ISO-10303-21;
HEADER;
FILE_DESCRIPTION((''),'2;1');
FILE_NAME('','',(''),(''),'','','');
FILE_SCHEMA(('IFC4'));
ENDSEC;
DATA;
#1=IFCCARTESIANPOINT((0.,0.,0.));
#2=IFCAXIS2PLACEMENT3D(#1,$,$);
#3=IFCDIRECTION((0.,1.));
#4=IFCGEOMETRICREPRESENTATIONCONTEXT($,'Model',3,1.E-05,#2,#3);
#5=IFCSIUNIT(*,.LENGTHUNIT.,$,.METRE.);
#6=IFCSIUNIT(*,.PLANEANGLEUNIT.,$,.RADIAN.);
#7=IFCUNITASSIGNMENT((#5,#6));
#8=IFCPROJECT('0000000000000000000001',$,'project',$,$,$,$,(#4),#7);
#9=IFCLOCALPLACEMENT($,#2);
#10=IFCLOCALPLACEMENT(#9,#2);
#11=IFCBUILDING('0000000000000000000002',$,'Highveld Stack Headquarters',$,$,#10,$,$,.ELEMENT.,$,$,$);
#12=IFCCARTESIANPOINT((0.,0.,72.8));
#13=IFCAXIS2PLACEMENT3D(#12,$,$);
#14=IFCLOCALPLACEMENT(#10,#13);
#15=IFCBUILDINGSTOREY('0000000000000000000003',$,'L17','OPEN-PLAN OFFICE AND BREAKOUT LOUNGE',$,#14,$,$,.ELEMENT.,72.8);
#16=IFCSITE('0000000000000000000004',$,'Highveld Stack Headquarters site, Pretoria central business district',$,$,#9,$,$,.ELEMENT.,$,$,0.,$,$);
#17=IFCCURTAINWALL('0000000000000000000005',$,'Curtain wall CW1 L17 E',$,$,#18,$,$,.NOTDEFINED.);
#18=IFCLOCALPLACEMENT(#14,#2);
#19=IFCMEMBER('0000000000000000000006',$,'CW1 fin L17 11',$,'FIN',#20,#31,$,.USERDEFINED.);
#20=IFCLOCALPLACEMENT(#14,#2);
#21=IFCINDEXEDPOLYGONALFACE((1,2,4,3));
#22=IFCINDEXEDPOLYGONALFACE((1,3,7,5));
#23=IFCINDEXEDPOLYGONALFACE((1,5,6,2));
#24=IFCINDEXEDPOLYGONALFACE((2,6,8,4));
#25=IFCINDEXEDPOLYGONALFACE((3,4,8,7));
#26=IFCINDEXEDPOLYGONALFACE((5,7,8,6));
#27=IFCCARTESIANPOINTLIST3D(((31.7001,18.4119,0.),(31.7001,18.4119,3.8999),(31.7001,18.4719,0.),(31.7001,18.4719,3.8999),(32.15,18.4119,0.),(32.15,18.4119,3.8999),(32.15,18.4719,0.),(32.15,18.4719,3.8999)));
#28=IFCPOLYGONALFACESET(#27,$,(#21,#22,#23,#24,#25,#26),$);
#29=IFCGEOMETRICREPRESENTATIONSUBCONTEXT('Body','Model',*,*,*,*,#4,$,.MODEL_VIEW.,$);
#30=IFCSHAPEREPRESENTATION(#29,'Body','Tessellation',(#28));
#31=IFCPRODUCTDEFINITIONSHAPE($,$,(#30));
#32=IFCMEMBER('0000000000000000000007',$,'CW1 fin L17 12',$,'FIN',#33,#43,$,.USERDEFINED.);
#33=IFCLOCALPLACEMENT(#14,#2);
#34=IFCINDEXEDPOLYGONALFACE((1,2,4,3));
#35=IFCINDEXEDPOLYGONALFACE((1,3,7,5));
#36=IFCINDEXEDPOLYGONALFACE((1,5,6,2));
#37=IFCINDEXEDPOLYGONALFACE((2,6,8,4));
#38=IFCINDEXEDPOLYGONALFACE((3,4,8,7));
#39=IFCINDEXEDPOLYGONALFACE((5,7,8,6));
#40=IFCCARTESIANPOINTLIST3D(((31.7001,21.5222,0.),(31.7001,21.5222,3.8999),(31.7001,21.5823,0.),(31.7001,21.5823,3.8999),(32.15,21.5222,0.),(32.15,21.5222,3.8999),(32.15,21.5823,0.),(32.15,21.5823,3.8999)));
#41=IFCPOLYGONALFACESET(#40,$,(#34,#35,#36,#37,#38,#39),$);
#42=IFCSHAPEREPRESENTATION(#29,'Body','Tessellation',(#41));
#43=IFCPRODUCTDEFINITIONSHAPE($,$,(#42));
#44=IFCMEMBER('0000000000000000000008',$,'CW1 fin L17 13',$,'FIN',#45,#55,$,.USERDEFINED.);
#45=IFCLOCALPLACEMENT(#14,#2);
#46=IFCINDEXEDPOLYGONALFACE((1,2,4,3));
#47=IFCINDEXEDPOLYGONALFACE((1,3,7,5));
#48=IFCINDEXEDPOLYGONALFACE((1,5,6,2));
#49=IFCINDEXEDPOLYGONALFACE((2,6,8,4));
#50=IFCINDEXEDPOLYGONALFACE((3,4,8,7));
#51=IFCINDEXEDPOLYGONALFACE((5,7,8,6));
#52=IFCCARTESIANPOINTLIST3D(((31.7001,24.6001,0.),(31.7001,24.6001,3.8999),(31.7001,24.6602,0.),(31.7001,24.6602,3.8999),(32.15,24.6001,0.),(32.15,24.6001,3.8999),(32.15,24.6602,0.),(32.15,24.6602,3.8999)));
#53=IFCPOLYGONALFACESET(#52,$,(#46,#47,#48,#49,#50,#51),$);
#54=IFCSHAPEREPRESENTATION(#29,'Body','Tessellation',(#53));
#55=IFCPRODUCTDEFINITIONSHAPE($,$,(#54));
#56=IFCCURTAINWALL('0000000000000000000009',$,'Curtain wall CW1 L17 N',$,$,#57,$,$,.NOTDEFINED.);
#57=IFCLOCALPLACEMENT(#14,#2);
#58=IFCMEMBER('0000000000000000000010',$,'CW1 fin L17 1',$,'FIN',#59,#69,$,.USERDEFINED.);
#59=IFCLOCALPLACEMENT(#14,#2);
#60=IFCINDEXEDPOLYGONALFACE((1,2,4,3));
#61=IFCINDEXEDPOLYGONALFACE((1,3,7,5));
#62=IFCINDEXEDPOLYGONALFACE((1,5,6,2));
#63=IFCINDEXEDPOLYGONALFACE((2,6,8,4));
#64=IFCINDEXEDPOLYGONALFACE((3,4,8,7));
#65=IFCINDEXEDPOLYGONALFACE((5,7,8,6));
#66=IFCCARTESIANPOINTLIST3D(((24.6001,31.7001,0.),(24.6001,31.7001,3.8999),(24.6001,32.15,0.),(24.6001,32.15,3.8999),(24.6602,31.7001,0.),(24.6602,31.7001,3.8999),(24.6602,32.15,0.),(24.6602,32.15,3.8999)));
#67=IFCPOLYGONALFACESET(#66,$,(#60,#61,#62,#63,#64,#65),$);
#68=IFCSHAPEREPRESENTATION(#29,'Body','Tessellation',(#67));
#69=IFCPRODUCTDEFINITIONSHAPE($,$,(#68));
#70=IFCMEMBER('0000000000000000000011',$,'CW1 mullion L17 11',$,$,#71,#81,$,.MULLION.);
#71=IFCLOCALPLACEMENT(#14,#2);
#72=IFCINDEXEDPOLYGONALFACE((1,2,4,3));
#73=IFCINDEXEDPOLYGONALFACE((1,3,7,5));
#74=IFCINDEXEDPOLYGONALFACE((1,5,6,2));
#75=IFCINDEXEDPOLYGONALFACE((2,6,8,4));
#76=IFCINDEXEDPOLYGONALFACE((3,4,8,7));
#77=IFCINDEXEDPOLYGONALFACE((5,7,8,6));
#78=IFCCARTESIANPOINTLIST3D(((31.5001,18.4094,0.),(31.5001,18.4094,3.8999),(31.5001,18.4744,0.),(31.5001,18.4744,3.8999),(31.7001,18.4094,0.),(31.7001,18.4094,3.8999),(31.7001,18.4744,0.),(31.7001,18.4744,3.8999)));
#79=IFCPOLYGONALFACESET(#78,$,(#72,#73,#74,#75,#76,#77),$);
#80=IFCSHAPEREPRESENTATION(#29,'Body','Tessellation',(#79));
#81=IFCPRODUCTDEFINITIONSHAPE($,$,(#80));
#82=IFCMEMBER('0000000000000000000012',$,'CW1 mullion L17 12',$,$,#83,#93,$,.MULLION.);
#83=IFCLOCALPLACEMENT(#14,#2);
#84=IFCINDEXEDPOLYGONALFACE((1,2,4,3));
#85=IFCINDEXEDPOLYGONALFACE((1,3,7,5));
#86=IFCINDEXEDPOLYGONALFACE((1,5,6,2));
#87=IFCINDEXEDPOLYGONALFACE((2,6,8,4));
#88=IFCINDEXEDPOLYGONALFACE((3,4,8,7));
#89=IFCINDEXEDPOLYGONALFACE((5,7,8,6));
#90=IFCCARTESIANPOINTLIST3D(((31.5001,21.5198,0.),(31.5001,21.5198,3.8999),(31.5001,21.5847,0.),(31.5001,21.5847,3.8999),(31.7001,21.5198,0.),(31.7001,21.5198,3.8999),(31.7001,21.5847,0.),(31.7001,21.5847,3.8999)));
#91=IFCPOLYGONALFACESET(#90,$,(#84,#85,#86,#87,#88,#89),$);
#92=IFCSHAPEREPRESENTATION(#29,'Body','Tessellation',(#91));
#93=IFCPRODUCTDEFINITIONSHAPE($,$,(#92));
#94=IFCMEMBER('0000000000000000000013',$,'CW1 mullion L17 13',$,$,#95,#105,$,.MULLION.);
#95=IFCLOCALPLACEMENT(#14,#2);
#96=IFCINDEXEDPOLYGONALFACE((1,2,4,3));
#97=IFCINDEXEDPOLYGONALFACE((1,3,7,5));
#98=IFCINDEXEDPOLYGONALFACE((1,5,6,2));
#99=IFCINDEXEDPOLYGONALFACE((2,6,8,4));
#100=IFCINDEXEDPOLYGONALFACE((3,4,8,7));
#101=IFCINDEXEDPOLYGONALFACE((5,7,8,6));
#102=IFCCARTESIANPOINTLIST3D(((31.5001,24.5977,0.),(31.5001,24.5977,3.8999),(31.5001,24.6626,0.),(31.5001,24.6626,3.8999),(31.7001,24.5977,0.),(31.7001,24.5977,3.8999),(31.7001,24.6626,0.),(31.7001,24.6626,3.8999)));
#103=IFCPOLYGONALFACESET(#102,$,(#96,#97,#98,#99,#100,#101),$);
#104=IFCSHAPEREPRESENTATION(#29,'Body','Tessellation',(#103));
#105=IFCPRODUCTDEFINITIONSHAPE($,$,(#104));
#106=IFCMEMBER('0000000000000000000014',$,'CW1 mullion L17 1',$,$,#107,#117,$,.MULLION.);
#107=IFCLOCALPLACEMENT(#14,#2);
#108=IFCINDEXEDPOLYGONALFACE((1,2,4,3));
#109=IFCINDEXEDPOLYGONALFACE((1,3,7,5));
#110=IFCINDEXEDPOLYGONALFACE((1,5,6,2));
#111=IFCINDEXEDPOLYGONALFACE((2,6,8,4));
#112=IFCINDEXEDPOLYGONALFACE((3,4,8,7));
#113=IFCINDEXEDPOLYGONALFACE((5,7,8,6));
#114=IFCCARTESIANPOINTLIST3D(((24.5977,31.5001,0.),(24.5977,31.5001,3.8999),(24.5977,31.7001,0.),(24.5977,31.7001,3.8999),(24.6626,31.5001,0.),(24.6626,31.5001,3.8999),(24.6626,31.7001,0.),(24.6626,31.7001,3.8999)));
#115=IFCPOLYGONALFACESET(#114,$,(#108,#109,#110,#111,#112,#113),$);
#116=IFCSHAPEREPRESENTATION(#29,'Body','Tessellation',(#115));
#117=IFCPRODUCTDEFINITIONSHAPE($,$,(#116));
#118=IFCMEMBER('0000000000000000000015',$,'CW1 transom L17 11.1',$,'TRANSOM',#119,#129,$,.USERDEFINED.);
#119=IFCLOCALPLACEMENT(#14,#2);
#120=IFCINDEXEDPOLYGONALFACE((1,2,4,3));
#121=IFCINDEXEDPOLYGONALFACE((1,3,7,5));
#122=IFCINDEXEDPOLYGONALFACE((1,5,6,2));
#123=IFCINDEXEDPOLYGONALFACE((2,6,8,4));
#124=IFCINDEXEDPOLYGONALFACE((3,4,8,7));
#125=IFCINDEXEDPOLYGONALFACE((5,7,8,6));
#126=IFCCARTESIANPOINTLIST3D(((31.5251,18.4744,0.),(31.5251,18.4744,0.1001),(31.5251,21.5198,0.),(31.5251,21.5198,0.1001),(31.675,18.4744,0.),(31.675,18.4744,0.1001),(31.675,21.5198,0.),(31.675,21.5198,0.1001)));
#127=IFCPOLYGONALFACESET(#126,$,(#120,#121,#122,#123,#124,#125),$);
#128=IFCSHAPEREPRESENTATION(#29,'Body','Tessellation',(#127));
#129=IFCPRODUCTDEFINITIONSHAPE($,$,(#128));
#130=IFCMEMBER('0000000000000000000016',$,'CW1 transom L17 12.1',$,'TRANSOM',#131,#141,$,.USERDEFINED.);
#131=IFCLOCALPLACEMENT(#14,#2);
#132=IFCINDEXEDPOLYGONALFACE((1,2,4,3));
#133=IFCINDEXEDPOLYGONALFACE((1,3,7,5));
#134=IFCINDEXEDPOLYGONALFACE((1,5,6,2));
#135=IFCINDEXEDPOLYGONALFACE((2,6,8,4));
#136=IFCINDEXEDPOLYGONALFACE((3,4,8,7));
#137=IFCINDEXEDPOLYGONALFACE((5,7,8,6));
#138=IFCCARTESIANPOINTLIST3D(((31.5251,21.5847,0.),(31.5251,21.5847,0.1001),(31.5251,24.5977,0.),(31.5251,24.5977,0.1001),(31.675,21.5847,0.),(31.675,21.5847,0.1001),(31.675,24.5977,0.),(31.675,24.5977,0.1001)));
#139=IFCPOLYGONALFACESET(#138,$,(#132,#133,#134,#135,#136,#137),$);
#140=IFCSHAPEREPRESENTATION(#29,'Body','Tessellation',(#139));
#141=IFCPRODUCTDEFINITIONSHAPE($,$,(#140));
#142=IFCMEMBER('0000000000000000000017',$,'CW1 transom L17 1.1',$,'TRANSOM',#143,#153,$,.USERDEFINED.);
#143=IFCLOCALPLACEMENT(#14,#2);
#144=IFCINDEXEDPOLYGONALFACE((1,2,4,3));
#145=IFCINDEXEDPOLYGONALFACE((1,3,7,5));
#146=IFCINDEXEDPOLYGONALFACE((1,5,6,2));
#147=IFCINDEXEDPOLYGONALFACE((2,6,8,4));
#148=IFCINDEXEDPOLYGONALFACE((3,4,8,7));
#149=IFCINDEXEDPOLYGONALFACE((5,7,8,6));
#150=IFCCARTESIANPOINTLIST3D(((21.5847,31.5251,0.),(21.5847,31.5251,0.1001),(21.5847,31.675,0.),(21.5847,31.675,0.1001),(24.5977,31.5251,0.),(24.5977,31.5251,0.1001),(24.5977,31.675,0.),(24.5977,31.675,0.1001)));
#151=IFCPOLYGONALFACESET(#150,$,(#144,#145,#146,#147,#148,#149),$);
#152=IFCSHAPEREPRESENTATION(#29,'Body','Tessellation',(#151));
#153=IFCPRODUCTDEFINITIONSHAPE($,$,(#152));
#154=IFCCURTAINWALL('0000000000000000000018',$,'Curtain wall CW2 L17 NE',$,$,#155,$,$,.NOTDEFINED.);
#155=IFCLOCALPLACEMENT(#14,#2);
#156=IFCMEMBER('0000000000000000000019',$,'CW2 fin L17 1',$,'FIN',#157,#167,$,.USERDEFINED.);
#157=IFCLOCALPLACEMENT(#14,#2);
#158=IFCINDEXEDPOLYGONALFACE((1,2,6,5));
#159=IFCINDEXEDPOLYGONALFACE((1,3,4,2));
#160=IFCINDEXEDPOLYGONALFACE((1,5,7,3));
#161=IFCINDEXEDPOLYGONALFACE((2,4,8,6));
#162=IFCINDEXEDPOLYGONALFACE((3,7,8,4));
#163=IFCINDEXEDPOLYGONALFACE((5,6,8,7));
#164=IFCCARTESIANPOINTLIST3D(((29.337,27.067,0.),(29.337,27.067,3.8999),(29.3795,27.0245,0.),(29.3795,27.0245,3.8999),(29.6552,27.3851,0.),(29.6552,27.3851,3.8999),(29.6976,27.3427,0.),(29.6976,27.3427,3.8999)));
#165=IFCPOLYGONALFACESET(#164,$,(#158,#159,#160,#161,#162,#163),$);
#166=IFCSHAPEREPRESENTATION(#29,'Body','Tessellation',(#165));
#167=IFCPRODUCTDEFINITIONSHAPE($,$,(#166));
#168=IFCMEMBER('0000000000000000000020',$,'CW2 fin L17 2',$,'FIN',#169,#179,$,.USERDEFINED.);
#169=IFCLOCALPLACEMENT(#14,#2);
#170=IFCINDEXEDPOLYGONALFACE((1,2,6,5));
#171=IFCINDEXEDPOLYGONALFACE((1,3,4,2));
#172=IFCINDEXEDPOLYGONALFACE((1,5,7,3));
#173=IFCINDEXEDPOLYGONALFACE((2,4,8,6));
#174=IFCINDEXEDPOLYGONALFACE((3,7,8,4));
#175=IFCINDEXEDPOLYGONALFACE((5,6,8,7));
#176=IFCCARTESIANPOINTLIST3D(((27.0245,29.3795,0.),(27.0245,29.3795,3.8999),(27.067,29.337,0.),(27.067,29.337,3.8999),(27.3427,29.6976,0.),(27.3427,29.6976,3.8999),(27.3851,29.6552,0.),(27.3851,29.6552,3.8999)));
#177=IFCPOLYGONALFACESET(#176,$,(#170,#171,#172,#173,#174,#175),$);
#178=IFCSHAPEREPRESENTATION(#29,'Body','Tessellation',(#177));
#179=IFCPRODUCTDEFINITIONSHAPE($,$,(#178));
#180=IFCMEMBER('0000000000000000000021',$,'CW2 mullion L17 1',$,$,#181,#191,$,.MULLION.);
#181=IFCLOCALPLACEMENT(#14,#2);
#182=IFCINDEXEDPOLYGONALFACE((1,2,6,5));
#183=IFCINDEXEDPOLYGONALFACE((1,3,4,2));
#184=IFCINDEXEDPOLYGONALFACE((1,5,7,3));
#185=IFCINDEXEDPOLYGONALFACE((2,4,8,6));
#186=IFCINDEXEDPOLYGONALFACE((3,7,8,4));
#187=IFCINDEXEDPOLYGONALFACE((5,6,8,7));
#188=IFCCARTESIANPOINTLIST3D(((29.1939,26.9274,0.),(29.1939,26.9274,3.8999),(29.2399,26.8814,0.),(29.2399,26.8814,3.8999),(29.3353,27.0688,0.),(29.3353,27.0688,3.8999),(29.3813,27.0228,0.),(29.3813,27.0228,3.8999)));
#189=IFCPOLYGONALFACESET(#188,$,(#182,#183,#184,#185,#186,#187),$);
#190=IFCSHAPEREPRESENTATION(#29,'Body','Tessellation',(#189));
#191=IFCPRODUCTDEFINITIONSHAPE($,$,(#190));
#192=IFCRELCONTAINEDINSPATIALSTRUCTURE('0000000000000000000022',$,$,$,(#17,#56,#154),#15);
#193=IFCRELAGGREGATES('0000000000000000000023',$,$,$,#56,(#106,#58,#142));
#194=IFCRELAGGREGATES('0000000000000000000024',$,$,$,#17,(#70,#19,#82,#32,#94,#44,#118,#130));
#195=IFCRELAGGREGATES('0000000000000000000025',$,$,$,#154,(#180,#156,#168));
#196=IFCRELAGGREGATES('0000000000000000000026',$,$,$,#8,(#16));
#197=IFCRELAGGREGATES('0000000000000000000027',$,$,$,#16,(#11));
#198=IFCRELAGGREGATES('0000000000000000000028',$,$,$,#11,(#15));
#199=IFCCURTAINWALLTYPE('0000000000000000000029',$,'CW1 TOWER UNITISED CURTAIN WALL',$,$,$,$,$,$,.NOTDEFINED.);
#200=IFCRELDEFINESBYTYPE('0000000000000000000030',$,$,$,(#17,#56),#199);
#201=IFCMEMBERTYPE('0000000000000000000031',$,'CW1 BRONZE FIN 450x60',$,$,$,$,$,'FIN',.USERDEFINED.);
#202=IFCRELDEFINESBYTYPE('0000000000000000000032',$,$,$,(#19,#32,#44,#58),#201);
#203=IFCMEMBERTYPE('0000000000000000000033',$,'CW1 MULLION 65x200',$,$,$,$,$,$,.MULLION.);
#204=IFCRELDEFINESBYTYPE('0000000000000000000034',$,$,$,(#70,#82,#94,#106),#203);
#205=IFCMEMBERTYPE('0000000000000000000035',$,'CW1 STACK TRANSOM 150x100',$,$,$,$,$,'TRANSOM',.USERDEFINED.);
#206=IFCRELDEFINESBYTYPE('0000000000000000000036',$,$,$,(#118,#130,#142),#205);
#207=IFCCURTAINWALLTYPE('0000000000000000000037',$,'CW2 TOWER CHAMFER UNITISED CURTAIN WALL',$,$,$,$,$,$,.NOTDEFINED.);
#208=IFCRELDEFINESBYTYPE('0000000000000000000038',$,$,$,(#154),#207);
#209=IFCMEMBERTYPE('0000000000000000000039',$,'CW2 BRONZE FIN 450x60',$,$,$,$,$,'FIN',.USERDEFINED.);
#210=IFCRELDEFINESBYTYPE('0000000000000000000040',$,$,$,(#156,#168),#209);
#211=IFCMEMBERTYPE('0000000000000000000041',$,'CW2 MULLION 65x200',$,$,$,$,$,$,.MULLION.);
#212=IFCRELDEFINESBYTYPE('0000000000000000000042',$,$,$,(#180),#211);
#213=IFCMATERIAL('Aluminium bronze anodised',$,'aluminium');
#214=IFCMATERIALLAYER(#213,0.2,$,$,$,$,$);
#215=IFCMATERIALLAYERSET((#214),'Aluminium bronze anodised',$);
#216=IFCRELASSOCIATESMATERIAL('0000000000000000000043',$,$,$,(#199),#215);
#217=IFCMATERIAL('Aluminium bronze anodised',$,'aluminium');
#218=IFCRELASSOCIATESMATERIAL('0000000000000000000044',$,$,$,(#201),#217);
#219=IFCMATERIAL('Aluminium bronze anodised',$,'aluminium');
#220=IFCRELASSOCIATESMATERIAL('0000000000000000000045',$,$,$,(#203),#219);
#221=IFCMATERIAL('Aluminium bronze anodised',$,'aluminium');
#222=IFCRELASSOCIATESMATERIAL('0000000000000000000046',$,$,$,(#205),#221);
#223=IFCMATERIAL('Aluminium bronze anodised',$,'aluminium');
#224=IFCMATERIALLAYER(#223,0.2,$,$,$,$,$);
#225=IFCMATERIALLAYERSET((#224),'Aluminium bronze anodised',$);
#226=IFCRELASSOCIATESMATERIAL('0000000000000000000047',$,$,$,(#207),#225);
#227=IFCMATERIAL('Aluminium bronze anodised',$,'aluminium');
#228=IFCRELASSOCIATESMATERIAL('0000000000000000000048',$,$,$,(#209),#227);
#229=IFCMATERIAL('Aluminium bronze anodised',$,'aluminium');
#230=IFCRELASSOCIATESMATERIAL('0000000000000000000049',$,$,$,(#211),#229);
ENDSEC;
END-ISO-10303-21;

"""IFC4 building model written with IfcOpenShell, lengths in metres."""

from ifc_helpers import new_model, si_unit, direction, frame, origin, origin_2d, place, context, subcontext, project, spatial, rectangle, extrude, material, layer, layer_set, material_profile, profile_set, type_object, element, aggregate, save


model = new_model("IFC4")

# Units and contexts
model_context = context("Model", 3, precision=1e-05, world=origin(), true_north=direction((0.0, 1.0)))
body_context = subcontext(model_context, "Body", "Model", "MODEL_VIEW")
ifc_project = project(units=[si_unit("LENGTHUNIT", "METRE"), si_unit("PLANEANGLEUNIT", "RADIAN")], contexts=[model_context])

# Site, building, storey
site_placement = place(None, origin())
site = spatial("IfcSite", under=ifc_project, at=site_placement, Name="Highveld Stack Headquarters site, Pretoria central business district", CompositionType="ELEMENT", RefElevation=0.0)
building_placement = place(site_placement, origin())
building = spatial("IfcBuilding", under=site, at=building_placement, Name="Highveld Stack Headquarters", CompositionType="ELEMENT")
storey_placement = place(building_placement, frame((0.0, 0.0, 72.8)))
storey = spatial("IfcBuildingStorey", under=building, at=storey_placement, Name="L17", Description="OPEN-PLAN OFFICE AND BREAKOUT LOUNGE", CompositionType="ELEMENT", Elevation=72.8)

# Curtain wall, members
ifc_material_1 = material(Name="Aluminium bronze anodised", Category="aluminium")
ifc_layer_1 = layer(ifc_material_1, 0.2)
ifc_layer_set_1 = layer_set([ifc_layer_1], Name="Aluminium bronze anodised")
curtain_wall_type_1 = type_object("IfcCurtainWallType", Name="CW1 TOWER UNITISED CURTAIN WALL", PredefinedType="NOTDEFINED", material=ifc_layer_set_1)
curtain_wall_1_placement = place(storey_placement, origin())
curtain_wall_1 = element("IfcCurtainWall", 1, at=curtain_wall_1_placement, inside=storey, type_object=curtain_wall_type_1, Name="Curtain wall CW1 L17 E", PredefinedType="NOTDEFINED")
ifc_material_2 = material(Name="Aluminium bronze anodised", Category="aluminium")
ifc_material_profile_1 = material_profile(ifc_material_2, rectangle(XDim=0.45, YDim=0.0601, at=origin_2d()), Name="FIN 450x60")
ifc_profile_set_1 = profile_set([ifc_material_profile_1], Name="Aluminium bronze anodised")
member_type_1 = type_object("IfcMemberType", Name="CW1 BRONZE FIN 450x60", ElementType="FIN", PredefinedType="USERDEFINED", material=ifc_profile_set_1)
member_1_placement = place(storey_placement, frame((31.925, 18.4419, 0.0), z_axis=(0.0, 0.0, 1.0), x_axis=(-1.0, 0.0, 0.0)))
member_1 = element("IfcMember", 2, at=member_1_placement, type_object=member_type_1, Name="CW1 fin L17 11", ObjectType="FIN", PredefinedType="USERDEFINED", context=body_context, shape_type="SweptSolid", body=[
    extrude(rectangle(XDim=0.45, YDim=0.0601, at=origin_2d()), origin(), (0.0, 0.0, 1.0), 3.8999),
])
member_2_placement = place(storey_placement, frame((31.925, 21.5522, 0.0), z_axis=(0.0, 0.0, 1.0), x_axis=(-1.0, 0.0, 0.0)))
member_2 = element("IfcMember", 3, at=member_2_placement, type_object=member_type_1, Name="CW1 fin L17 12", ObjectType="FIN", PredefinedType="USERDEFINED", context=body_context, shape_type="SweptSolid", body=[
    extrude(rectangle(XDim=0.45, YDim=0.0601, at=origin_2d()), origin(), (0.0, 0.0, 1.0), 3.8999),
])
member_3_placement = place(storey_placement, frame((31.925, 24.6301, 0.0), z_axis=(0.0, 0.0, 1.0), x_axis=(-1.0, 0.0, 0.0)))
member_3 = element("IfcMember", 4, at=member_3_placement, type_object=member_type_1, Name="CW1 fin L17 13", ObjectType="FIN", PredefinedType="USERDEFINED", context=body_context, shape_type="SweptSolid", body=[
    extrude(rectangle(XDim=0.45, YDim=0.0601, at=origin_2d()), origin(), (0.0, 0.0, 1.0), 3.8999),
])

# Curtain wall, member
curtain_wall_2_placement = place(storey_placement, origin())
curtain_wall_2 = element("IfcCurtainWall", 5, at=curtain_wall_2_placement, inside=storey, type_object=curtain_wall_type_1, Name="Curtain wall CW1 L17 N", PredefinedType="NOTDEFINED")
member_4_placement = place(storey_placement, frame((24.6301, 31.925, 0.0), z_axis=(0.0, 0.0, 1.0), x_axis=(0.0, -1.0, 0.0)))
member_4 = element("IfcMember", 6, at=member_4_placement, type_object=member_type_1, Name="CW1 fin L17 1", ObjectType="FIN", PredefinedType="USERDEFINED", context=body_context, shape_type="SweptSolid", body=[
    extrude(rectangle(XDim=0.45, YDim=0.0601, at=origin_2d()), origin(), (0.0, 0.0, 1.0), 3.8999),
])

# Members
ifc_material_3 = material(Name="Aluminium bronze anodised", Category="aluminium")
ifc_material_profile_2 = material_profile(ifc_material_3, rectangle(XDim=0.2, YDim=0.0649, at=origin_2d()), Name="CW1 MULLION 65x200")
ifc_profile_set_2 = profile_set([ifc_material_profile_2], Name="Aluminium bronze anodised")
member_type_2 = type_object("IfcMemberType", Name="CW1 MULLION 65x200", PredefinedType="MULLION", material=ifc_profile_set_2)
member_5_placement = place(storey_placement, frame((31.6001, 18.4419, 0.0), z_axis=(0.0, 0.0, 1.0), x_axis=(-1.0, 0.0, 0.0)))
member_5 = element("IfcMember", 7, at=member_5_placement, type_object=member_type_2, Name="CW1 mullion L17 11", PredefinedType="MULLION", context=body_context, shape_type="SweptSolid", body=[
    extrude(rectangle(XDim=0.2, YDim=0.0649, at=origin_2d()), origin(), (0.0, 0.0, 1.0), 3.8999),
])
member_6_placement = place(storey_placement, frame((31.6001, 21.5522, 0.0), z_axis=(0.0, 0.0, 1.0), x_axis=(-1.0, 0.0, 0.0)))
member_6 = element("IfcMember", 8, at=member_6_placement, type_object=member_type_2, Name="CW1 mullion L17 12", PredefinedType="MULLION", context=body_context, shape_type="SweptSolid", body=[
    extrude(rectangle(XDim=0.2, YDim=0.0649, at=origin_2d()), origin(), (0.0, 0.0, 1.0), 3.8999),
])
member_7_placement = place(storey_placement, frame((31.6001, 24.6301, 0.0), z_axis=(0.0, 0.0, 1.0), x_axis=(-1.0, 0.0, 0.0)))
member_7 = element("IfcMember", 9, at=member_7_placement, type_object=member_type_2, Name="CW1 mullion L17 13", PredefinedType="MULLION", context=body_context, shape_type="SweptSolid", body=[
    extrude(rectangle(XDim=0.2, YDim=0.0649, at=origin_2d()), origin(), (0.0, 0.0, 1.0), 3.8999),
])
member_8_placement = place(storey_placement, frame((24.6301, 31.6001, 0.0), z_axis=(0.0, 0.0, 1.0), x_axis=(0.0, -1.0, 0.0)))
member_8 = element("IfcMember", 10, at=member_8_placement, type_object=member_type_2, Name="CW1 mullion L17 1", PredefinedType="MULLION", context=body_context, shape_type="SweptSolid", body=[
    extrude(rectangle(XDim=0.2, YDim=0.0649, at=origin_2d()), origin(), (0.0, 0.0, 1.0), 3.8999),
])
ifc_material_4 = material(Name="Aluminium bronze anodised", Category="aluminium")
ifc_material_profile_3 = material_profile(ifc_material_4, rectangle(XDim=0.1499, YDim=0.1001, at=origin_2d()), Name="CW1 TRANSOM 150x100")
ifc_profile_set_3 = profile_set([ifc_material_profile_3], Name="Aluminium bronze anodised")
member_type_3 = type_object("IfcMemberType", Name="CW1 STACK TRANSOM 150x100", ElementType="TRANSOM", PredefinedType="USERDEFINED", material=ifc_profile_set_3)
member_9_placement = place(storey_placement, frame((31.6001, 18.4744, 0.05), z_axis=(0.0, 1.0, 0.0), x_axis=(-1.0, 0.0, 0.0)))
member_9 = element("IfcMember", 11, at=member_9_placement, type_object=member_type_3, Name="CW1 transom L17 11.1", ObjectType="TRANSOM", PredefinedType="USERDEFINED", context=body_context, shape_type="SweptSolid", body=[
    extrude(rectangle(XDim=0.1499, YDim=0.1001, at=origin_2d()), origin(), (0.0, 0.0, 1.0), 3.0454),
])
member_10_placement = place(storey_placement, frame((31.6001, 21.5847, 0.05), z_axis=(0.0, 1.0, 0.0), x_axis=(-1.0, 0.0, 0.0)))
member_10 = element("IfcMember", 12, at=member_10_placement, type_object=member_type_3, Name="CW1 transom L17 12.1", ObjectType="TRANSOM", PredefinedType="USERDEFINED", context=body_context, shape_type="SweptSolid", body=[
    extrude(rectangle(XDim=0.1499, YDim=0.1001, at=origin_2d()), origin(), (0.0, 0.0, 1.0), 3.0129),
])
member_11_placement = place(storey_placement, frame((24.5977, 31.6001, 0.05), z_axis=(-1.0, 0.0, 0.0), x_axis=(0.0, -1.0, 0.0)))
member_11 = element("IfcMember", 13, at=member_11_placement, type_object=member_type_3, Name="CW1 transom L17 1.1", ObjectType="TRANSOM", PredefinedType="USERDEFINED", context=body_context, shape_type="SweptSolid", body=[
    extrude(rectangle(XDim=0.1499, YDim=0.1001, at=origin_2d()), origin(), (0.0, 0.0, 1.0), 3.0129),
])
aggregate(curtain_wall_2, [member_8, member_4, member_11])

# Curtain wall, members
ifc_material_5 = material(Name="Aluminium bronze anodised", Category="aluminium")
ifc_layer_2 = layer(ifc_material_5, 0.2)
ifc_layer_set_2 = layer_set([ifc_layer_2], Name="Aluminium bronze anodised")
curtain_wall_type_2 = type_object("IfcCurtainWallType", Name="CW2 TOWER CHAMFER UNITISED CURTAIN WALL", PredefinedType="NOTDEFINED", material=ifc_layer_set_2)
curtain_wall_3_placement = place(storey_placement, origin())
curtain_wall_3 = element("IfcCurtainWall", 14, at=curtain_wall_3_placement, inside=storey, type_object=curtain_wall_type_2, Name="Curtain wall CW2 L17 NE", PredefinedType="NOTDEFINED")
ifc_material_6 = material(Name="Aluminium bronze anodised", Category="aluminium")
ifc_material_profile_4 = material_profile(ifc_material_6, rectangle(XDim=0.45, YDim=0.0601, at=origin_2d()), Name="FIN 450x60")
ifc_profile_set_4 = profile_set([ifc_material_profile_4], Name="Aluminium bronze anodised")
member_type_4 = type_object("IfcMemberType", Name="CW2 BRONZE FIN 450x60", ElementType="FIN", PredefinedType="USERDEFINED", material=ifc_profile_set_4)
member_12_placement = place(storey_placement, frame((29.5173, 27.2048, 0.0), z_axis=(0.0, 0.0, 1.0), x_axis=(-0.707107, -0.707107, 0.0)))
member_12 = element("IfcMember", 15, at=member_12_placement, type_object=member_type_4, Name="CW2 fin L17 1", ObjectType="FIN", PredefinedType="USERDEFINED", context=body_context, shape_type="SweptSolid", body=[
    extrude(rectangle(XDim=0.45, YDim=0.0601, at=origin_2d()), origin(), (0.0, 0.0, 1.0), 3.8999),
])
member_13_placement = place(storey_placement, frame((27.2048, 29.5173, 0.0), z_axis=(0.0, 0.0, 1.0), x_axis=(-0.707107, -0.707107, 0.0)))
member_13 = element("IfcMember", 16, at=member_13_placement, type_object=member_type_4, Name="CW2 fin L17 2", ObjectType="FIN", PredefinedType="USERDEFINED", context=body_context, shape_type="SweptSolid", body=[
    extrude(rectangle(XDim=0.45, YDim=0.0601, at=origin_2d()), origin(), (0.0, 0.0, 1.0), 3.8999),
])
ifc_material_7 = material(Name="Aluminium bronze anodised", Category="aluminium")
ifc_material_profile_5 = material_profile(ifc_material_7, rectangle(XDim=0.2, YDim=0.0649, at=origin_2d()), Name="CW2 MULLION 65x200")
ifc_profile_set_5 = profile_set([ifc_material_profile_5], Name="Aluminium bronze anodised")
member_type_5 = type_object("IfcMemberType", Name="CW2 MULLION 65x200", PredefinedType="MULLION", material=ifc_profile_set_5)
member_14_placement = place(storey_placement, frame((29.2876, 26.9751, 0.0), z_axis=(0.0, 0.0, 1.0), x_axis=(-0.707107, -0.707107, 0.0)))
member_14 = element("IfcMember", 17, at=member_14_placement, type_object=member_type_5, Name="CW2 mullion L17 1", PredefinedType="MULLION", context=body_context, shape_type="SweptSolid", body=[
    extrude(rectangle(XDim=0.2, YDim=0.0649, at=origin_2d()), origin(), (0.0, 0.0, 1.0), 3.8999),
])

aggregate(curtain_wall_1, [member_5, member_1, member_6, member_2, member_7, member_3, member_9, member_10])
aggregate(curtain_wall_3, [member_14, member_12, member_13])

save(model, "model.ifc")
